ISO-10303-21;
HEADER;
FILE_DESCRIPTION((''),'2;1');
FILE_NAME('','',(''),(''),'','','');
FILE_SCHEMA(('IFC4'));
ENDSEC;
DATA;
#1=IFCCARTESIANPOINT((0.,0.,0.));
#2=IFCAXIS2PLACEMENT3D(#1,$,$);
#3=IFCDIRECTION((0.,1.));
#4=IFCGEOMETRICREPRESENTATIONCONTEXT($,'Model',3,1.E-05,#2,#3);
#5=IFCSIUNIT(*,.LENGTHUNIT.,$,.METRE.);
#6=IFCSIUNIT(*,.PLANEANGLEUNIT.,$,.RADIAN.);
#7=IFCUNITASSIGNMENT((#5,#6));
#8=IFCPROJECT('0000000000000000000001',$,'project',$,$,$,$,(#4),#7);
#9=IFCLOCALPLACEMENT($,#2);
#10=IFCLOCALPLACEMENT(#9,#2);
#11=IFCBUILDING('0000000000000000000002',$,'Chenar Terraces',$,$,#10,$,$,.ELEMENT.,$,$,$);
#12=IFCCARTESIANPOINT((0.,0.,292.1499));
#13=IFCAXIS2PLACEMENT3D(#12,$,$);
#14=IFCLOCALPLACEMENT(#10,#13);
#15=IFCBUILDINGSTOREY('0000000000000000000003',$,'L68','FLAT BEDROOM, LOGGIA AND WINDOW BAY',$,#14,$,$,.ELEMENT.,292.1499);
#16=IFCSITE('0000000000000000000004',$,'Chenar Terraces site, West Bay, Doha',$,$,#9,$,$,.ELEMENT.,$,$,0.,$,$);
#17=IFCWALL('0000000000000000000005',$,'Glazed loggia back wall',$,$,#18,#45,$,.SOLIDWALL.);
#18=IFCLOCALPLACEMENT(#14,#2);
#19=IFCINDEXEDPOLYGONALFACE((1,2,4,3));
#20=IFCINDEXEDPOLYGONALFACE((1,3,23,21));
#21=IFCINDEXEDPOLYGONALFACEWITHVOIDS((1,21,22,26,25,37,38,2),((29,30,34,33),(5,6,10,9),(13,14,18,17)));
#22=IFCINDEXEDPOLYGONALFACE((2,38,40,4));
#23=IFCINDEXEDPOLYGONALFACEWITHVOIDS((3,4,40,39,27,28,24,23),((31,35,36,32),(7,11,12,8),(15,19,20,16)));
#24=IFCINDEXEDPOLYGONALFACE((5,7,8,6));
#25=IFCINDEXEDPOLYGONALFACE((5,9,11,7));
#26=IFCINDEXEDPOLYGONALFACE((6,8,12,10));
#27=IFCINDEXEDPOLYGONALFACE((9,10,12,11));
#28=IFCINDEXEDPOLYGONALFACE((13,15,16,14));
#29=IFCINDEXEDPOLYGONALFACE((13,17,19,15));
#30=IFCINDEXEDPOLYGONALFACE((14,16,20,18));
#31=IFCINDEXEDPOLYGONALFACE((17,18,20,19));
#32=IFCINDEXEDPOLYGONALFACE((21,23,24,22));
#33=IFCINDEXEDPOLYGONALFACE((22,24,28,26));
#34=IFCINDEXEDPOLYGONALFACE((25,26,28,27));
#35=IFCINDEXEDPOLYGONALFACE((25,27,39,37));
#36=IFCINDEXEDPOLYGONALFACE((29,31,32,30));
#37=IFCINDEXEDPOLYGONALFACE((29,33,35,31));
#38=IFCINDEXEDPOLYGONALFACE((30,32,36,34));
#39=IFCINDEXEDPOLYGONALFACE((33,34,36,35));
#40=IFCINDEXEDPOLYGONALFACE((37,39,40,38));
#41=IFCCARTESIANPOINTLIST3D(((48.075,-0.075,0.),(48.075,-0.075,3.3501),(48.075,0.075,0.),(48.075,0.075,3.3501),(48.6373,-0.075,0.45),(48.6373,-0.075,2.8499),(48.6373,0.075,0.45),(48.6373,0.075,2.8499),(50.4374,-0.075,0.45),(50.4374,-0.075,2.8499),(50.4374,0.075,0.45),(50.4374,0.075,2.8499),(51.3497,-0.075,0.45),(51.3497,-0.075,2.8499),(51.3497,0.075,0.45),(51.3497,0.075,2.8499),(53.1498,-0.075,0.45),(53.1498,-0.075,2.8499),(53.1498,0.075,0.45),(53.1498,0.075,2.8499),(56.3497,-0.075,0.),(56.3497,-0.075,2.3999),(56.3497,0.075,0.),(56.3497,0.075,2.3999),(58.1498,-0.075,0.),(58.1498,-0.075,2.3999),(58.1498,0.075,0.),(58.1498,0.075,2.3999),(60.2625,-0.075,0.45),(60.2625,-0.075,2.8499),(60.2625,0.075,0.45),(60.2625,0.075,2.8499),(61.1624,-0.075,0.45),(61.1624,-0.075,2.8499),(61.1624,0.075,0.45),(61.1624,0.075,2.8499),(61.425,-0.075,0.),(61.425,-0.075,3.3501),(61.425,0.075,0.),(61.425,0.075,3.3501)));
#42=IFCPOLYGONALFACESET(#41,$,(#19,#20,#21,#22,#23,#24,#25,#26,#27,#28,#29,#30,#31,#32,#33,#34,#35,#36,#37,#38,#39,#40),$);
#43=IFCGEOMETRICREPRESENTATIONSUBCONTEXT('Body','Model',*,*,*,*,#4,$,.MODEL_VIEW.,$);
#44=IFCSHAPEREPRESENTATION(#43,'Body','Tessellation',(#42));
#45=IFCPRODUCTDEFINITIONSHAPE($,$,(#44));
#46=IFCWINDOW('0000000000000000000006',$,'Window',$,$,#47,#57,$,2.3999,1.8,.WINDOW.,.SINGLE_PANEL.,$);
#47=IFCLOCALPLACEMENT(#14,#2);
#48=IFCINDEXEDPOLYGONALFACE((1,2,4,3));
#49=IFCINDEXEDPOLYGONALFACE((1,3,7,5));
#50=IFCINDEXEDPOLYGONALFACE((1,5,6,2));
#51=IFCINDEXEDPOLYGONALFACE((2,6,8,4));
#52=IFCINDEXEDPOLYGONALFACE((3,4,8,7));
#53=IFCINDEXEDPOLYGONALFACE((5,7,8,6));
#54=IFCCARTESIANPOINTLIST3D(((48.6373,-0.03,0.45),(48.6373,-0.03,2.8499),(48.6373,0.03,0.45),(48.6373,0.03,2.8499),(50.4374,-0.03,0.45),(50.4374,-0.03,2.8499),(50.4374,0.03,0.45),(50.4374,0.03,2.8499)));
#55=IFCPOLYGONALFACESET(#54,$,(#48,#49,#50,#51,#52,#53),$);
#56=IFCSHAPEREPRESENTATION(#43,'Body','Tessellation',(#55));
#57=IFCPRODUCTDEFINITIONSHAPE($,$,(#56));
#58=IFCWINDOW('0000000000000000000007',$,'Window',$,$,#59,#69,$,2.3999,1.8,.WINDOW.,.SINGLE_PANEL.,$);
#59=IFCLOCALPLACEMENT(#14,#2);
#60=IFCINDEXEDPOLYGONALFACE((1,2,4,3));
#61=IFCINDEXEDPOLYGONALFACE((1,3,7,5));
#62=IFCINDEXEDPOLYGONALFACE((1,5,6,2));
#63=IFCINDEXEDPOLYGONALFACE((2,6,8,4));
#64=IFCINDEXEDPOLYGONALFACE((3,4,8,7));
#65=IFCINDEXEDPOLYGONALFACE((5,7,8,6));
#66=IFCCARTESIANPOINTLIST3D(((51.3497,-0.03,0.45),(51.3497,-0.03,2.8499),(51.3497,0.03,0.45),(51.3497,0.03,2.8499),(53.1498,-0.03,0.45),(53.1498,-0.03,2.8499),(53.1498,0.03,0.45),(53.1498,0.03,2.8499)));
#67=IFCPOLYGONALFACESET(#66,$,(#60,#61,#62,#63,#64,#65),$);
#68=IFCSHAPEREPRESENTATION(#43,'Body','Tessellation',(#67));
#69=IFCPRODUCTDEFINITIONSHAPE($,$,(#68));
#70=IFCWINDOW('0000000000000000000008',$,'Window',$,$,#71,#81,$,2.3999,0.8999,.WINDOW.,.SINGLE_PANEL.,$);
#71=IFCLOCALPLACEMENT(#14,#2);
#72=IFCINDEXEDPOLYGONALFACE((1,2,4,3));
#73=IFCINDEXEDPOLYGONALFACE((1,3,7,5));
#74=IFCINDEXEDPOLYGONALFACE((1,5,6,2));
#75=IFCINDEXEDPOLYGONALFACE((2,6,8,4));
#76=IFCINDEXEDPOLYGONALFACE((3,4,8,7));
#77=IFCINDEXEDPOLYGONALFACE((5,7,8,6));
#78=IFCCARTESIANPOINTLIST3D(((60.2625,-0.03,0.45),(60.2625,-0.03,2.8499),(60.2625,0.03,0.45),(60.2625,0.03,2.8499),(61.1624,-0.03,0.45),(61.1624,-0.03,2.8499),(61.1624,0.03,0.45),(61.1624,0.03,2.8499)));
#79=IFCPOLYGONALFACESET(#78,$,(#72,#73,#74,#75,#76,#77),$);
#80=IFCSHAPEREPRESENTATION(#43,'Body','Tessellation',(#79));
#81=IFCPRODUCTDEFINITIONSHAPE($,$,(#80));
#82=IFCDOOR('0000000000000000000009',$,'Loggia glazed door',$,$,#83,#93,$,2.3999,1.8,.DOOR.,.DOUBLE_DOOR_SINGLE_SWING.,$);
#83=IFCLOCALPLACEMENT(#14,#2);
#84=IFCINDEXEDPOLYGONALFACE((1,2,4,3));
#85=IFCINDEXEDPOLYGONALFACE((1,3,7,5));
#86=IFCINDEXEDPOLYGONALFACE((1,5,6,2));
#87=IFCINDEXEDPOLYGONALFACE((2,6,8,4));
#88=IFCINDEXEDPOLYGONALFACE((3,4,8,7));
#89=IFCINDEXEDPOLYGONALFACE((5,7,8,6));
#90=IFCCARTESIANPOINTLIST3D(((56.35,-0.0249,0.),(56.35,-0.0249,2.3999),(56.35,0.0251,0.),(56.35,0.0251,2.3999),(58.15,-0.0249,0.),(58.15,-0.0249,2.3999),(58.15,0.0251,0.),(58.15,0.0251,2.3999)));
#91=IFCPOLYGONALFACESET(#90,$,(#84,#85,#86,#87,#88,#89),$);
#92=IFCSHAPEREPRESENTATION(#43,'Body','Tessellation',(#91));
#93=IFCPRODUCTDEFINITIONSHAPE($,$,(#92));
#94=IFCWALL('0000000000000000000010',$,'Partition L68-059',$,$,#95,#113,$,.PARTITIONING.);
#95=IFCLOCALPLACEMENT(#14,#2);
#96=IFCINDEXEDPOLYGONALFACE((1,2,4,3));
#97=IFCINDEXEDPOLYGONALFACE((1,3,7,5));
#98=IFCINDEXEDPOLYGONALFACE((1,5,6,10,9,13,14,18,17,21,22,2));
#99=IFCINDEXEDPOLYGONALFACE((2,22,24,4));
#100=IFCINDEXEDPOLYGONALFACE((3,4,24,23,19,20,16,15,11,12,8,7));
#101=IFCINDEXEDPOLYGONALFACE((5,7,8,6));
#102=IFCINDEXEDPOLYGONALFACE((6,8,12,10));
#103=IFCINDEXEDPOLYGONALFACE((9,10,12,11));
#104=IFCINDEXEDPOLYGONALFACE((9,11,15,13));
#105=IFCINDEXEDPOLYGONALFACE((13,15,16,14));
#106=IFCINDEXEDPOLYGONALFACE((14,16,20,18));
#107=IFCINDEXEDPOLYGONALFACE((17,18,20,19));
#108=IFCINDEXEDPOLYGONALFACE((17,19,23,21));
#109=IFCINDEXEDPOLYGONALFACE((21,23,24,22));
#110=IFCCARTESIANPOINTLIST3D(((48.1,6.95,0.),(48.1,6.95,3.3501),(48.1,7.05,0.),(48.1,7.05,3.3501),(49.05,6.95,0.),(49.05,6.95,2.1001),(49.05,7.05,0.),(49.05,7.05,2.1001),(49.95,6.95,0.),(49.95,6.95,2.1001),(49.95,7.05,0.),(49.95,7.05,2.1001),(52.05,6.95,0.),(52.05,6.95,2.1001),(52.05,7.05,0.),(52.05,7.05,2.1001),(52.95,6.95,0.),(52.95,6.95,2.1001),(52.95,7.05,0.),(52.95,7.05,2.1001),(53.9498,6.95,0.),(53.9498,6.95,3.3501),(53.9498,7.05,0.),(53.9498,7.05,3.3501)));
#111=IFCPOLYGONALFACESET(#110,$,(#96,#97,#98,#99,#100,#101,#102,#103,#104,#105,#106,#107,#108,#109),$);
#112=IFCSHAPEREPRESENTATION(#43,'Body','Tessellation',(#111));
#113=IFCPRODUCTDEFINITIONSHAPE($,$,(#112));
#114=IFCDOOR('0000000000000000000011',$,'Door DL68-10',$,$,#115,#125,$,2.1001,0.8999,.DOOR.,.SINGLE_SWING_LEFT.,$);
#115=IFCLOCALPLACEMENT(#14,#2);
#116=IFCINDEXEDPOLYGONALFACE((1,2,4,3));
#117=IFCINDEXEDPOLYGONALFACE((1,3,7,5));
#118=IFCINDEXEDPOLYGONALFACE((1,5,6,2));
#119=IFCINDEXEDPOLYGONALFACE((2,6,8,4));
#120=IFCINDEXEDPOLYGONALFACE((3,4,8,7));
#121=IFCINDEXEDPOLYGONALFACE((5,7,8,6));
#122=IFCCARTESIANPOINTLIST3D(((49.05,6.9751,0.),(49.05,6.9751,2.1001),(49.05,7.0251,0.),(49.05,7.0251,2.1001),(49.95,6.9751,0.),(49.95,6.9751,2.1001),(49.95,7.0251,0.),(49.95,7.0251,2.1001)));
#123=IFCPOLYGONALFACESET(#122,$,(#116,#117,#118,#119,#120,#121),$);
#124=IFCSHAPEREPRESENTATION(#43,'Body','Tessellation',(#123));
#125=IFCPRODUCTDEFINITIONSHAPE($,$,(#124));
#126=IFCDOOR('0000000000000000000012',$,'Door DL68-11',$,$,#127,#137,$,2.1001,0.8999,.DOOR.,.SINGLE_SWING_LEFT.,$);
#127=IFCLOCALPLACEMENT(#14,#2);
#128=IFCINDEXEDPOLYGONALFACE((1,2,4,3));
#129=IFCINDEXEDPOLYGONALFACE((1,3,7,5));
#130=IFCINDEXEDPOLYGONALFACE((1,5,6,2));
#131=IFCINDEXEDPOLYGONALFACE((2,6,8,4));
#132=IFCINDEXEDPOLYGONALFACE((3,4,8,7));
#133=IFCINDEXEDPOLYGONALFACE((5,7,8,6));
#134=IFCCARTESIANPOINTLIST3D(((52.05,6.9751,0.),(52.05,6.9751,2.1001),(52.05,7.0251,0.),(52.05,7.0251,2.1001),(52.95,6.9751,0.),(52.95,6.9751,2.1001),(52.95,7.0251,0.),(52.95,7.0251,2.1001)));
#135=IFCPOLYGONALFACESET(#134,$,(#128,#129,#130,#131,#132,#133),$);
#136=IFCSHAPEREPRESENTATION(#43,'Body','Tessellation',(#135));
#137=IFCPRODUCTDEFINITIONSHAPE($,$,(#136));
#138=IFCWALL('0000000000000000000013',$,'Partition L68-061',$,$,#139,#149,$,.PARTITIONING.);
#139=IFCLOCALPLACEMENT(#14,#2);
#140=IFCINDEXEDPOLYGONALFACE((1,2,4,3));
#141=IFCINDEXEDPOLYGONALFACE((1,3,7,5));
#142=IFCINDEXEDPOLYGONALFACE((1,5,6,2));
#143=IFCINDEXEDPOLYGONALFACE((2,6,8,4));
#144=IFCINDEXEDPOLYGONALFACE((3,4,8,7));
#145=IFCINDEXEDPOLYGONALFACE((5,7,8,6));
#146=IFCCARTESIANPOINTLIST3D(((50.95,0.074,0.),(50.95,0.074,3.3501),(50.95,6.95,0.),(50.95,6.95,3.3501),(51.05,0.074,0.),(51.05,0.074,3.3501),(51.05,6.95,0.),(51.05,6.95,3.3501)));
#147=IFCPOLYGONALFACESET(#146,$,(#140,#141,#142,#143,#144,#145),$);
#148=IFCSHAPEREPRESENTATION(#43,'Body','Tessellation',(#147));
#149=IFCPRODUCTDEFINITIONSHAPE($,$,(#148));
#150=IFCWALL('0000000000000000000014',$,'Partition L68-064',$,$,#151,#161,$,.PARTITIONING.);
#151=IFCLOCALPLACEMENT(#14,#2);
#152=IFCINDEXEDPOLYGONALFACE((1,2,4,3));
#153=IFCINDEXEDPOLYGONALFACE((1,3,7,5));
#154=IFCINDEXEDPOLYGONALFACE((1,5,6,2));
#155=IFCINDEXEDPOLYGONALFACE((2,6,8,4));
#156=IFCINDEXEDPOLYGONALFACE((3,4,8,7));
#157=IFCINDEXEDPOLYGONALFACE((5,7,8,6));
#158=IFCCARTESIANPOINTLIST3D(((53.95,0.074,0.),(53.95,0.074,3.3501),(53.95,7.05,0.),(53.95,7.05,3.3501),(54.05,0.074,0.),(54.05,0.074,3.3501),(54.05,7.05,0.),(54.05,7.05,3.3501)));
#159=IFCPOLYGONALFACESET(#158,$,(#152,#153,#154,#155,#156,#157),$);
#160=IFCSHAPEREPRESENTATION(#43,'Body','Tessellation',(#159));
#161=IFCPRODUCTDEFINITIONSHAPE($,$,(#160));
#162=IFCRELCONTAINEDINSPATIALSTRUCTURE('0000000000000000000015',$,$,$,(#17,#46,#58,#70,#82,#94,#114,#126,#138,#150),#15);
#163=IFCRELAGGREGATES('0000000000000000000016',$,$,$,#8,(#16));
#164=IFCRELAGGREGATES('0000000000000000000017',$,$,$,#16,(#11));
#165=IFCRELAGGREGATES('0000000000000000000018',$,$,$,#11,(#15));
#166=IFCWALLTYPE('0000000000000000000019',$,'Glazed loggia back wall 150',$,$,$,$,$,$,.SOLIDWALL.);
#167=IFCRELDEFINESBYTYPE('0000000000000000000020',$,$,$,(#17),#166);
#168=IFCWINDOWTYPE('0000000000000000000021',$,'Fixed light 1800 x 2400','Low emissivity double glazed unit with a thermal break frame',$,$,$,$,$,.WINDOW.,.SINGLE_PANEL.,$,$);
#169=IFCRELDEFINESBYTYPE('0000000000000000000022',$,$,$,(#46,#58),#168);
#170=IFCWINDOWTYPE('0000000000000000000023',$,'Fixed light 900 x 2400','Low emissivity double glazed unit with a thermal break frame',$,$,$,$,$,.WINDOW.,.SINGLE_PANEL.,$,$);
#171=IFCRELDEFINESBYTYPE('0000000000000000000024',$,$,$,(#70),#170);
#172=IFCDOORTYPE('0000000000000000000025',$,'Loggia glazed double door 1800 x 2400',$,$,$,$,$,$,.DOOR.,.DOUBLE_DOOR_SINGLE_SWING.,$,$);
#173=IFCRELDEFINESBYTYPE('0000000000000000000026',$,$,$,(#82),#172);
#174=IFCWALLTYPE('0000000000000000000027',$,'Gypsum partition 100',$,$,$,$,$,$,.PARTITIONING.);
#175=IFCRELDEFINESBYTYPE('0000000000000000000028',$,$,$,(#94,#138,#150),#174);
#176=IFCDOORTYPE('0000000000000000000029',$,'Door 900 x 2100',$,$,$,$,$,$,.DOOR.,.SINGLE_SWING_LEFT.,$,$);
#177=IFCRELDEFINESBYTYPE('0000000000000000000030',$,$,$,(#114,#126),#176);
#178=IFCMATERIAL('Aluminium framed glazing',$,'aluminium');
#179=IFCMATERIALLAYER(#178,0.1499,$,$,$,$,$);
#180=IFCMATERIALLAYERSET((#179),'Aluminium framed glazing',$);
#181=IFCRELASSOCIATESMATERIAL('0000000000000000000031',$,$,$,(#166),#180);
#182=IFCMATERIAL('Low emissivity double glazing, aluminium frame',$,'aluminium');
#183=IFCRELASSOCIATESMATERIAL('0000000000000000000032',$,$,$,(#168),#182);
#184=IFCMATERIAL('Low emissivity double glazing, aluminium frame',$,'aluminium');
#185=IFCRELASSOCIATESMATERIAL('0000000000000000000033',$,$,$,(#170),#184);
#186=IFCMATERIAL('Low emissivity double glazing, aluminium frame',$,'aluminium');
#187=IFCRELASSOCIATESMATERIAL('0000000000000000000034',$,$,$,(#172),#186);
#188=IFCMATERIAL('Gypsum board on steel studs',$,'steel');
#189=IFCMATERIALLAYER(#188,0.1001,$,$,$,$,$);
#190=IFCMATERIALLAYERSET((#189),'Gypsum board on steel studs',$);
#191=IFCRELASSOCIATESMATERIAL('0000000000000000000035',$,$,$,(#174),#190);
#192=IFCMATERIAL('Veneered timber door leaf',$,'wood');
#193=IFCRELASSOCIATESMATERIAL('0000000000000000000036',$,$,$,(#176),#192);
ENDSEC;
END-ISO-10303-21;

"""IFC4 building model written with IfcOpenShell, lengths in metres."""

from ifc_helpers import new_model, si_unit, direction, frame, frame_2d, origin, place, context, subcontext, project, spatial, rectangle, extrude, material, layer, layer_set, type_object, element, fill, save


model = new_model("IFC4")

# Units and contexts
model_context = context("Model", 3, precision=1e-05, world=origin(), true_north=direction((0.0, 1.0)))
body_context = subcontext(model_context, "Body", "Model", "MODEL_VIEW")
ifc_project = project(units=[si_unit("LENGTHUNIT", "METRE"), si_unit("PLANEANGLEUNIT", "RADIAN")], contexts=[model_context])

# Site, building, storey
site_placement = place(None, origin())
site = spatial("IfcSite", under=ifc_project, at=site_placement, Name="Chenar Terraces site, West Bay, Doha", CompositionType="ELEMENT", RefElevation=0.0)
building_placement = place(site_placement, origin())
building = spatial("IfcBuilding", under=site, at=building_placement, Name="Chenar Terraces", CompositionType="ELEMENT")
storey_placement = place(building_placement, frame((0.0, 0.0, 292.1499)))
storey = spatial("IfcBuildingStorey", under=building, at=storey_placement, Name="L68", Description="FLAT BEDROOM, LOGGIA AND WINDOW BAY", CompositionType="ELEMENT", Elevation=292.1499)

# Wall, openings, windows, door
ifc_material_1 = material(Name="Aluminium framed glazing", Category="aluminium")
ifc_layer_1 = layer(ifc_material_1, 0.1499)
ifc_layer_set_1 = layer_set([ifc_layer_1], Name="Aluminium framed glazing")
wall_type_1 = type_object("IfcWallType", Name="Glazed loggia back wall 150", PredefinedType="SOLIDWALL", material=ifc_layer_set_1)
wall_1_placement = place(storey_placement, frame((48.075, 0.0, 0.0), z_axis=(0.0, 0.0, 1.0), x_axis=(1.0, 0.0, 0.0)))
wall_1 = element("IfcWall", 1, at=wall_1_placement, inside=storey, type_object=wall_type_1, Name="Glazed loggia back wall", PredefinedType="SOLIDWALL", context=body_context, shape_type="SweptSolid", body=[
    extrude(rectangle(XDim=13.3501, YDim=0.1499, at=frame_2d((6.675, 0.0))), origin(), (0.0, 0.0, 1.0), 3.3501),
])
opening_1_placement = place(wall_1_placement, frame((0.5625, 0.0, 0.45)))
opening_1 = element("IfcOpeningElement", 2, at=opening_1_placement, cuts=wall_1, PredefinedType="OPENING", context=body_context, shape_type="SweptSolid", body=[
    extrude(rectangle(XDim=1.8, YDim=2.3999, at=frame_2d((0.8999, 1.2))), frame((0.0, 0.085, 0.0), z_axis=(0.0, -1.0, 0.0), x_axis=(1.0, 0.0, 0.0)), (0.0, 0.0, 1.0), 0.1699),
])
opening_2_placement = place(wall_1_placement, frame((3.2749, 0.0, 0.45)))
opening_2 = element("IfcOpeningElement", 3, at=opening_2_placement, cuts=wall_1, PredefinedType="OPENING", context=body_context, shape_type="SweptSolid", body=[
    extrude(rectangle(XDim=1.8, YDim=2.3999, at=frame_2d((0.8999, 1.2))), frame((0.0, 0.085, 0.0), z_axis=(0.0, -1.0, 0.0), x_axis=(1.0, 0.0, 0.0)), (0.0, 0.0, 1.0), 0.1699),
])
opening_3_placement = place(wall_1_placement, frame((8.2749, 0.0, 0.0)))
opening_3 = element("IfcOpeningElement", 4, at=opening_3_placement, cuts=wall_1, PredefinedType="OPENING", context=body_context, shape_type="SweptSolid", body=[
    extrude(rectangle(XDim=1.8, YDim=2.3999, at=frame_2d((0.8999, 1.2))), frame((0.0, 0.085, 0.0), z_axis=(0.0, -1.0, 0.0), x_axis=(1.0, 0.0, 0.0)), (0.0, 0.0, 1.0), 0.1699),
])
opening_4_placement = place(wall_1_placement, frame((12.1875, 0.0, 0.45)))
opening_4 = element("IfcOpeningElement", 5, at=opening_4_placement, cuts=wall_1, PredefinedType="OPENING", context=body_context, shape_type="SweptSolid", body=[
    extrude(rectangle(XDim=0.8999, YDim=2.3999, at=frame_2d((0.45, 1.2))), frame((0.0, 0.085, 0.0), z_axis=(0.0, -1.0, 0.0), x_axis=(1.0, 0.0, 0.0)), (0.0, 0.0, 1.0), 0.1699),
])
ifc_material_2 = material(Name="Low emissivity double glazing, aluminium frame", Category="aluminium")
window_type_1 = type_object("IfcWindowType", Name="Fixed light 1800 x 2400", Description="Low emissivity double glazed unit with a thermal break frame", PartitioningType="SINGLE_PANEL", PredefinedType="WINDOW", material=ifc_material_2)
window_1_placement = place(opening_1_placement, origin())
window_1 = element("IfcWindow", 6, at=window_1_placement, inside=storey, type_object=window_type_1, Name="Window", OverallHeight=2.3999, OverallWidth=1.8, PartitioningType="SINGLE_PANEL", PredefinedType="WINDOW", context=body_context, shape_type="SweptSolid", body=[
    extrude(rectangle(XDim=1.8, YDim=2.3999, at=frame_2d((0.8999, 1.2))), frame((0.0, 0.03, 0.0), z_axis=(0.0, -1.0, 0.0), x_axis=(1.0, 0.0, 0.0)), (0.0, 0.0, 1.0), 0.0601),
])
fill(opening_1, window_1)
window_2_placement = place(opening_2_placement, origin())
window_2 = element("IfcWindow", 7, at=window_2_placement, inside=storey, type_object=window_type_1, Name="Window", OverallHeight=2.3999, OverallWidth=1.8, PartitioningType="SINGLE_PANEL", PredefinedType="WINDOW", context=body_context, shape_type="SweptSolid", body=[
    extrude(rectangle(XDim=1.8, YDim=2.3999, at=frame_2d((0.8999, 1.2))), frame((0.0, 0.03, 0.0), z_axis=(0.0, -1.0, 0.0), x_axis=(1.0, 0.0, 0.0)), (0.0, 0.0, 1.0), 0.0601),
])
fill(opening_2, window_2)
ifc_material_3 = material(Name="Low emissivity double glazing, aluminium frame", Category="aluminium")
window_type_2 = type_object("IfcWindowType", Name="Fixed light 900 x 2400", Description="Low emissivity double glazed unit with a thermal break frame", PartitioningType="SINGLE_PANEL", PredefinedType="WINDOW", material=ifc_material_3)
window_3_placement = place(opening_4_placement, origin())
window_3 = element("IfcWindow", 8, at=window_3_placement, inside=storey, type_object=window_type_2, Name="Window", OverallHeight=2.3999, OverallWidth=0.8999, PartitioningType="SINGLE_PANEL", PredefinedType="WINDOW", context=body_context, shape_type="SweptSolid", body=[
    extrude(rectangle(XDim=0.8999, YDim=2.3999, at=frame_2d((0.45, 1.2))), frame((0.0, 0.03, 0.0), z_axis=(0.0, -1.0, 0.0), x_axis=(1.0, 0.0, 0.0)), (0.0, 0.0, 1.0), 0.0601),
])
fill(opening_4, window_3)
ifc_material_4 = material(Name="Low emissivity double glazing, aluminium frame", Category="aluminium")
door_type_1 = type_object("IfcDoorType", Name="Loggia glazed double door 1800 x 2400", OperationType="DOUBLE_DOOR_SINGLE_SWING", PredefinedType="DOOR", material=ifc_material_4)
door_1_placement = place(opening_3_placement, frame((1.8, 0.0, 0.0), z_axis=(0.0, 0.0, 1.0), x_axis=(-1.0, 0.0, 0.0)))
door_1 = element("IfcDoor", 9, at=door_1_placement, inside=storey, type_object=door_type_1, Name="Loggia glazed door", OperationType="DOUBLE_DOOR_SINGLE_SWING", OverallHeight=2.3999, OverallWidth=1.8, PredefinedType="DOOR", context=body_context, shape_type="SweptSolid", body=[
    extrude(rectangle(XDim=1.8, YDim=2.3999, at=frame_2d((0.8999, 1.2))), frame((0.0, 0.0249, 0.0), z_axis=(0.0, -1.0, 0.0), x_axis=(1.0, 0.0, 0.0)), (0.0, 0.0, 1.0), 0.05),
])
fill(opening_3, door_1)

# Wall, openings, doors
ifc_material_5 = material(Name="Gypsum board on steel studs", Category="steel")
ifc_layer_2 = layer(ifc_material_5, 0.1001)
ifc_layer_set_2 = layer_set([ifc_layer_2], Name="Gypsum board on steel studs")
wall_type_2 = type_object("IfcWallType", Name="Gypsum partition 100", PredefinedType="PARTITIONING", material=ifc_layer_set_2)
wall_2_placement = place(storey_placement, frame((48.1001, 7.0, 0.0), z_axis=(0.0, 0.0, 1.0), x_axis=(1.0, 0.0, 0.0)))
wall_2 = element("IfcWall", 10, at=wall_2_placement, inside=storey, type_object=wall_type_2, Name="Partition L68-059", PredefinedType="PARTITIONING", context=body_context, shape_type="SweptSolid", body=[
    extrude(rectangle(XDim=5.8499, YDim=0.1001, at=frame_2d((2.9248, 0.0))), origin(), (0.0, 0.0, 1.0), 3.3501),
])
opening_5_placement = place(wall_2_placement, frame((0.95, 0.0, 0.0)))
opening_5 = element("IfcOpeningElement", 11, at=opening_5_placement, cuts=wall_2, PredefinedType="OPENING", context=body_context, shape_type="SweptSolid", body=[
    extrude(rectangle(XDim=0.8999, YDim=2.1001, at=frame_2d((0.45, 1.05))), frame((0.0, 0.0601, 0.0), z_axis=(0.0, -1.0, 0.0), x_axis=(1.0, 0.0, 0.0)), (0.0, 0.0, 1.0), 0.1201),
])
opening_6_placement = place(wall_2_placement, frame((3.95, 0.0, 0.0)))
opening_6 = element("IfcOpeningElement", 12, at=opening_6_placement, cuts=wall_2, PredefinedType="OPENING", context=body_context, shape_type="SweptSolid", body=[
    extrude(rectangle(XDim=0.8999, YDim=2.1001, at=frame_2d((0.45, 1.05))), frame((0.0, 0.0601, 0.0), z_axis=(0.0, -1.0, 0.0), x_axis=(1.0, 0.0, 0.0)), (0.0, 0.0, 1.0), 0.1201),
])
ifc_material_6 = material(Name="Veneered timber door leaf", Category="wood")
door_type_2 = type_object("IfcDoorType", Name="Door 900 x 2100", OperationType="SINGLE_SWING_LEFT", PredefinedType="DOOR", material=ifc_material_6)
door_2_placement = place(opening_5_placement, frame((0.8999, 0.0, 0.0), z_axis=(0.0, 0.0, 1.0), x_axis=(-1.0, 0.0, 0.0)))
door_2 = element("IfcDoor", 13, at=door_2_placement, inside=storey, type_object=door_type_2, Name="Door DL68-10", OperationType="SINGLE_SWING_LEFT", OverallHeight=2.1001, OverallWidth=0.8999, PredefinedType="DOOR", context=body_context, shape_type="SweptSolid", body=[
    extrude(rectangle(XDim=0.8999, YDim=2.1001, at=frame_2d((0.45, 1.05))), frame((0.0, 0.0249, 0.0), z_axis=(0.0, -1.0, 0.0), x_axis=(1.0, 0.0, 0.0)), (0.0, 0.0, 1.0), 0.05),
])
fill(opening_5, door_2)
door_3_placement = place(opening_6_placement, frame((0.8999, 0.0, 0.0), z_axis=(0.0, 0.0, 1.0), x_axis=(-1.0, 0.0, 0.0)))
door_3 = element("IfcDoor", 14, at=door_3_placement, inside=storey, type_object=door_type_2, Name="Door DL68-11", OperationType="SINGLE_SWING_LEFT", OverallHeight=2.1001, OverallWidth=0.8999, PredefinedType="DOOR", context=body_context, shape_type="SweptSolid", body=[
    extrude(rectangle(XDim=0.8999, YDim=2.1001, at=frame_2d((0.45, 1.05))), frame((0.0, 0.0249, 0.0), z_axis=(0.0, -1.0, 0.0), x_axis=(1.0, 0.0, 0.0)), (0.0, 0.0, 1.0), 0.05),
])
fill(opening_6, door_3)

# Walls
wall_3_placement = place(storey_placement, frame((51.0, 0.074, 0.0), z_axis=(0.0, 0.0, 1.0), x_axis=(0.0, 1.0, 0.0)))
element("IfcWall", 15, at=wall_3_placement, inside=storey, type_object=wall_type_2, Name="Partition L68-061", PredefinedType="PARTITIONING", context=body_context, shape_type="SweptSolid", body=[
    extrude(rectangle(XDim=6.876, YDim=0.1001, at=frame_2d((3.438, 0.0))), origin(), (0.0, 0.0, 1.0), 3.3501),
])
wall_4_placement = place(storey_placement, frame((54.0, 0.074, 0.0), z_axis=(0.0, 0.0, 1.0), x_axis=(0.0, 1.0, 0.0)))
element("IfcWall", 16, at=wall_4_placement, inside=storey, type_object=wall_type_2, Name="Partition L68-064", PredefinedType="PARTITIONING", context=body_context, shape_type="SweptSolid", body=[
    extrude(rectangle(XDim=6.9761, YDim=0.1001, at=frame_2d((3.488, 0.0))), origin(), (0.0, 0.0, 1.0), 3.3501),
])

save(model, "model.ifc")
